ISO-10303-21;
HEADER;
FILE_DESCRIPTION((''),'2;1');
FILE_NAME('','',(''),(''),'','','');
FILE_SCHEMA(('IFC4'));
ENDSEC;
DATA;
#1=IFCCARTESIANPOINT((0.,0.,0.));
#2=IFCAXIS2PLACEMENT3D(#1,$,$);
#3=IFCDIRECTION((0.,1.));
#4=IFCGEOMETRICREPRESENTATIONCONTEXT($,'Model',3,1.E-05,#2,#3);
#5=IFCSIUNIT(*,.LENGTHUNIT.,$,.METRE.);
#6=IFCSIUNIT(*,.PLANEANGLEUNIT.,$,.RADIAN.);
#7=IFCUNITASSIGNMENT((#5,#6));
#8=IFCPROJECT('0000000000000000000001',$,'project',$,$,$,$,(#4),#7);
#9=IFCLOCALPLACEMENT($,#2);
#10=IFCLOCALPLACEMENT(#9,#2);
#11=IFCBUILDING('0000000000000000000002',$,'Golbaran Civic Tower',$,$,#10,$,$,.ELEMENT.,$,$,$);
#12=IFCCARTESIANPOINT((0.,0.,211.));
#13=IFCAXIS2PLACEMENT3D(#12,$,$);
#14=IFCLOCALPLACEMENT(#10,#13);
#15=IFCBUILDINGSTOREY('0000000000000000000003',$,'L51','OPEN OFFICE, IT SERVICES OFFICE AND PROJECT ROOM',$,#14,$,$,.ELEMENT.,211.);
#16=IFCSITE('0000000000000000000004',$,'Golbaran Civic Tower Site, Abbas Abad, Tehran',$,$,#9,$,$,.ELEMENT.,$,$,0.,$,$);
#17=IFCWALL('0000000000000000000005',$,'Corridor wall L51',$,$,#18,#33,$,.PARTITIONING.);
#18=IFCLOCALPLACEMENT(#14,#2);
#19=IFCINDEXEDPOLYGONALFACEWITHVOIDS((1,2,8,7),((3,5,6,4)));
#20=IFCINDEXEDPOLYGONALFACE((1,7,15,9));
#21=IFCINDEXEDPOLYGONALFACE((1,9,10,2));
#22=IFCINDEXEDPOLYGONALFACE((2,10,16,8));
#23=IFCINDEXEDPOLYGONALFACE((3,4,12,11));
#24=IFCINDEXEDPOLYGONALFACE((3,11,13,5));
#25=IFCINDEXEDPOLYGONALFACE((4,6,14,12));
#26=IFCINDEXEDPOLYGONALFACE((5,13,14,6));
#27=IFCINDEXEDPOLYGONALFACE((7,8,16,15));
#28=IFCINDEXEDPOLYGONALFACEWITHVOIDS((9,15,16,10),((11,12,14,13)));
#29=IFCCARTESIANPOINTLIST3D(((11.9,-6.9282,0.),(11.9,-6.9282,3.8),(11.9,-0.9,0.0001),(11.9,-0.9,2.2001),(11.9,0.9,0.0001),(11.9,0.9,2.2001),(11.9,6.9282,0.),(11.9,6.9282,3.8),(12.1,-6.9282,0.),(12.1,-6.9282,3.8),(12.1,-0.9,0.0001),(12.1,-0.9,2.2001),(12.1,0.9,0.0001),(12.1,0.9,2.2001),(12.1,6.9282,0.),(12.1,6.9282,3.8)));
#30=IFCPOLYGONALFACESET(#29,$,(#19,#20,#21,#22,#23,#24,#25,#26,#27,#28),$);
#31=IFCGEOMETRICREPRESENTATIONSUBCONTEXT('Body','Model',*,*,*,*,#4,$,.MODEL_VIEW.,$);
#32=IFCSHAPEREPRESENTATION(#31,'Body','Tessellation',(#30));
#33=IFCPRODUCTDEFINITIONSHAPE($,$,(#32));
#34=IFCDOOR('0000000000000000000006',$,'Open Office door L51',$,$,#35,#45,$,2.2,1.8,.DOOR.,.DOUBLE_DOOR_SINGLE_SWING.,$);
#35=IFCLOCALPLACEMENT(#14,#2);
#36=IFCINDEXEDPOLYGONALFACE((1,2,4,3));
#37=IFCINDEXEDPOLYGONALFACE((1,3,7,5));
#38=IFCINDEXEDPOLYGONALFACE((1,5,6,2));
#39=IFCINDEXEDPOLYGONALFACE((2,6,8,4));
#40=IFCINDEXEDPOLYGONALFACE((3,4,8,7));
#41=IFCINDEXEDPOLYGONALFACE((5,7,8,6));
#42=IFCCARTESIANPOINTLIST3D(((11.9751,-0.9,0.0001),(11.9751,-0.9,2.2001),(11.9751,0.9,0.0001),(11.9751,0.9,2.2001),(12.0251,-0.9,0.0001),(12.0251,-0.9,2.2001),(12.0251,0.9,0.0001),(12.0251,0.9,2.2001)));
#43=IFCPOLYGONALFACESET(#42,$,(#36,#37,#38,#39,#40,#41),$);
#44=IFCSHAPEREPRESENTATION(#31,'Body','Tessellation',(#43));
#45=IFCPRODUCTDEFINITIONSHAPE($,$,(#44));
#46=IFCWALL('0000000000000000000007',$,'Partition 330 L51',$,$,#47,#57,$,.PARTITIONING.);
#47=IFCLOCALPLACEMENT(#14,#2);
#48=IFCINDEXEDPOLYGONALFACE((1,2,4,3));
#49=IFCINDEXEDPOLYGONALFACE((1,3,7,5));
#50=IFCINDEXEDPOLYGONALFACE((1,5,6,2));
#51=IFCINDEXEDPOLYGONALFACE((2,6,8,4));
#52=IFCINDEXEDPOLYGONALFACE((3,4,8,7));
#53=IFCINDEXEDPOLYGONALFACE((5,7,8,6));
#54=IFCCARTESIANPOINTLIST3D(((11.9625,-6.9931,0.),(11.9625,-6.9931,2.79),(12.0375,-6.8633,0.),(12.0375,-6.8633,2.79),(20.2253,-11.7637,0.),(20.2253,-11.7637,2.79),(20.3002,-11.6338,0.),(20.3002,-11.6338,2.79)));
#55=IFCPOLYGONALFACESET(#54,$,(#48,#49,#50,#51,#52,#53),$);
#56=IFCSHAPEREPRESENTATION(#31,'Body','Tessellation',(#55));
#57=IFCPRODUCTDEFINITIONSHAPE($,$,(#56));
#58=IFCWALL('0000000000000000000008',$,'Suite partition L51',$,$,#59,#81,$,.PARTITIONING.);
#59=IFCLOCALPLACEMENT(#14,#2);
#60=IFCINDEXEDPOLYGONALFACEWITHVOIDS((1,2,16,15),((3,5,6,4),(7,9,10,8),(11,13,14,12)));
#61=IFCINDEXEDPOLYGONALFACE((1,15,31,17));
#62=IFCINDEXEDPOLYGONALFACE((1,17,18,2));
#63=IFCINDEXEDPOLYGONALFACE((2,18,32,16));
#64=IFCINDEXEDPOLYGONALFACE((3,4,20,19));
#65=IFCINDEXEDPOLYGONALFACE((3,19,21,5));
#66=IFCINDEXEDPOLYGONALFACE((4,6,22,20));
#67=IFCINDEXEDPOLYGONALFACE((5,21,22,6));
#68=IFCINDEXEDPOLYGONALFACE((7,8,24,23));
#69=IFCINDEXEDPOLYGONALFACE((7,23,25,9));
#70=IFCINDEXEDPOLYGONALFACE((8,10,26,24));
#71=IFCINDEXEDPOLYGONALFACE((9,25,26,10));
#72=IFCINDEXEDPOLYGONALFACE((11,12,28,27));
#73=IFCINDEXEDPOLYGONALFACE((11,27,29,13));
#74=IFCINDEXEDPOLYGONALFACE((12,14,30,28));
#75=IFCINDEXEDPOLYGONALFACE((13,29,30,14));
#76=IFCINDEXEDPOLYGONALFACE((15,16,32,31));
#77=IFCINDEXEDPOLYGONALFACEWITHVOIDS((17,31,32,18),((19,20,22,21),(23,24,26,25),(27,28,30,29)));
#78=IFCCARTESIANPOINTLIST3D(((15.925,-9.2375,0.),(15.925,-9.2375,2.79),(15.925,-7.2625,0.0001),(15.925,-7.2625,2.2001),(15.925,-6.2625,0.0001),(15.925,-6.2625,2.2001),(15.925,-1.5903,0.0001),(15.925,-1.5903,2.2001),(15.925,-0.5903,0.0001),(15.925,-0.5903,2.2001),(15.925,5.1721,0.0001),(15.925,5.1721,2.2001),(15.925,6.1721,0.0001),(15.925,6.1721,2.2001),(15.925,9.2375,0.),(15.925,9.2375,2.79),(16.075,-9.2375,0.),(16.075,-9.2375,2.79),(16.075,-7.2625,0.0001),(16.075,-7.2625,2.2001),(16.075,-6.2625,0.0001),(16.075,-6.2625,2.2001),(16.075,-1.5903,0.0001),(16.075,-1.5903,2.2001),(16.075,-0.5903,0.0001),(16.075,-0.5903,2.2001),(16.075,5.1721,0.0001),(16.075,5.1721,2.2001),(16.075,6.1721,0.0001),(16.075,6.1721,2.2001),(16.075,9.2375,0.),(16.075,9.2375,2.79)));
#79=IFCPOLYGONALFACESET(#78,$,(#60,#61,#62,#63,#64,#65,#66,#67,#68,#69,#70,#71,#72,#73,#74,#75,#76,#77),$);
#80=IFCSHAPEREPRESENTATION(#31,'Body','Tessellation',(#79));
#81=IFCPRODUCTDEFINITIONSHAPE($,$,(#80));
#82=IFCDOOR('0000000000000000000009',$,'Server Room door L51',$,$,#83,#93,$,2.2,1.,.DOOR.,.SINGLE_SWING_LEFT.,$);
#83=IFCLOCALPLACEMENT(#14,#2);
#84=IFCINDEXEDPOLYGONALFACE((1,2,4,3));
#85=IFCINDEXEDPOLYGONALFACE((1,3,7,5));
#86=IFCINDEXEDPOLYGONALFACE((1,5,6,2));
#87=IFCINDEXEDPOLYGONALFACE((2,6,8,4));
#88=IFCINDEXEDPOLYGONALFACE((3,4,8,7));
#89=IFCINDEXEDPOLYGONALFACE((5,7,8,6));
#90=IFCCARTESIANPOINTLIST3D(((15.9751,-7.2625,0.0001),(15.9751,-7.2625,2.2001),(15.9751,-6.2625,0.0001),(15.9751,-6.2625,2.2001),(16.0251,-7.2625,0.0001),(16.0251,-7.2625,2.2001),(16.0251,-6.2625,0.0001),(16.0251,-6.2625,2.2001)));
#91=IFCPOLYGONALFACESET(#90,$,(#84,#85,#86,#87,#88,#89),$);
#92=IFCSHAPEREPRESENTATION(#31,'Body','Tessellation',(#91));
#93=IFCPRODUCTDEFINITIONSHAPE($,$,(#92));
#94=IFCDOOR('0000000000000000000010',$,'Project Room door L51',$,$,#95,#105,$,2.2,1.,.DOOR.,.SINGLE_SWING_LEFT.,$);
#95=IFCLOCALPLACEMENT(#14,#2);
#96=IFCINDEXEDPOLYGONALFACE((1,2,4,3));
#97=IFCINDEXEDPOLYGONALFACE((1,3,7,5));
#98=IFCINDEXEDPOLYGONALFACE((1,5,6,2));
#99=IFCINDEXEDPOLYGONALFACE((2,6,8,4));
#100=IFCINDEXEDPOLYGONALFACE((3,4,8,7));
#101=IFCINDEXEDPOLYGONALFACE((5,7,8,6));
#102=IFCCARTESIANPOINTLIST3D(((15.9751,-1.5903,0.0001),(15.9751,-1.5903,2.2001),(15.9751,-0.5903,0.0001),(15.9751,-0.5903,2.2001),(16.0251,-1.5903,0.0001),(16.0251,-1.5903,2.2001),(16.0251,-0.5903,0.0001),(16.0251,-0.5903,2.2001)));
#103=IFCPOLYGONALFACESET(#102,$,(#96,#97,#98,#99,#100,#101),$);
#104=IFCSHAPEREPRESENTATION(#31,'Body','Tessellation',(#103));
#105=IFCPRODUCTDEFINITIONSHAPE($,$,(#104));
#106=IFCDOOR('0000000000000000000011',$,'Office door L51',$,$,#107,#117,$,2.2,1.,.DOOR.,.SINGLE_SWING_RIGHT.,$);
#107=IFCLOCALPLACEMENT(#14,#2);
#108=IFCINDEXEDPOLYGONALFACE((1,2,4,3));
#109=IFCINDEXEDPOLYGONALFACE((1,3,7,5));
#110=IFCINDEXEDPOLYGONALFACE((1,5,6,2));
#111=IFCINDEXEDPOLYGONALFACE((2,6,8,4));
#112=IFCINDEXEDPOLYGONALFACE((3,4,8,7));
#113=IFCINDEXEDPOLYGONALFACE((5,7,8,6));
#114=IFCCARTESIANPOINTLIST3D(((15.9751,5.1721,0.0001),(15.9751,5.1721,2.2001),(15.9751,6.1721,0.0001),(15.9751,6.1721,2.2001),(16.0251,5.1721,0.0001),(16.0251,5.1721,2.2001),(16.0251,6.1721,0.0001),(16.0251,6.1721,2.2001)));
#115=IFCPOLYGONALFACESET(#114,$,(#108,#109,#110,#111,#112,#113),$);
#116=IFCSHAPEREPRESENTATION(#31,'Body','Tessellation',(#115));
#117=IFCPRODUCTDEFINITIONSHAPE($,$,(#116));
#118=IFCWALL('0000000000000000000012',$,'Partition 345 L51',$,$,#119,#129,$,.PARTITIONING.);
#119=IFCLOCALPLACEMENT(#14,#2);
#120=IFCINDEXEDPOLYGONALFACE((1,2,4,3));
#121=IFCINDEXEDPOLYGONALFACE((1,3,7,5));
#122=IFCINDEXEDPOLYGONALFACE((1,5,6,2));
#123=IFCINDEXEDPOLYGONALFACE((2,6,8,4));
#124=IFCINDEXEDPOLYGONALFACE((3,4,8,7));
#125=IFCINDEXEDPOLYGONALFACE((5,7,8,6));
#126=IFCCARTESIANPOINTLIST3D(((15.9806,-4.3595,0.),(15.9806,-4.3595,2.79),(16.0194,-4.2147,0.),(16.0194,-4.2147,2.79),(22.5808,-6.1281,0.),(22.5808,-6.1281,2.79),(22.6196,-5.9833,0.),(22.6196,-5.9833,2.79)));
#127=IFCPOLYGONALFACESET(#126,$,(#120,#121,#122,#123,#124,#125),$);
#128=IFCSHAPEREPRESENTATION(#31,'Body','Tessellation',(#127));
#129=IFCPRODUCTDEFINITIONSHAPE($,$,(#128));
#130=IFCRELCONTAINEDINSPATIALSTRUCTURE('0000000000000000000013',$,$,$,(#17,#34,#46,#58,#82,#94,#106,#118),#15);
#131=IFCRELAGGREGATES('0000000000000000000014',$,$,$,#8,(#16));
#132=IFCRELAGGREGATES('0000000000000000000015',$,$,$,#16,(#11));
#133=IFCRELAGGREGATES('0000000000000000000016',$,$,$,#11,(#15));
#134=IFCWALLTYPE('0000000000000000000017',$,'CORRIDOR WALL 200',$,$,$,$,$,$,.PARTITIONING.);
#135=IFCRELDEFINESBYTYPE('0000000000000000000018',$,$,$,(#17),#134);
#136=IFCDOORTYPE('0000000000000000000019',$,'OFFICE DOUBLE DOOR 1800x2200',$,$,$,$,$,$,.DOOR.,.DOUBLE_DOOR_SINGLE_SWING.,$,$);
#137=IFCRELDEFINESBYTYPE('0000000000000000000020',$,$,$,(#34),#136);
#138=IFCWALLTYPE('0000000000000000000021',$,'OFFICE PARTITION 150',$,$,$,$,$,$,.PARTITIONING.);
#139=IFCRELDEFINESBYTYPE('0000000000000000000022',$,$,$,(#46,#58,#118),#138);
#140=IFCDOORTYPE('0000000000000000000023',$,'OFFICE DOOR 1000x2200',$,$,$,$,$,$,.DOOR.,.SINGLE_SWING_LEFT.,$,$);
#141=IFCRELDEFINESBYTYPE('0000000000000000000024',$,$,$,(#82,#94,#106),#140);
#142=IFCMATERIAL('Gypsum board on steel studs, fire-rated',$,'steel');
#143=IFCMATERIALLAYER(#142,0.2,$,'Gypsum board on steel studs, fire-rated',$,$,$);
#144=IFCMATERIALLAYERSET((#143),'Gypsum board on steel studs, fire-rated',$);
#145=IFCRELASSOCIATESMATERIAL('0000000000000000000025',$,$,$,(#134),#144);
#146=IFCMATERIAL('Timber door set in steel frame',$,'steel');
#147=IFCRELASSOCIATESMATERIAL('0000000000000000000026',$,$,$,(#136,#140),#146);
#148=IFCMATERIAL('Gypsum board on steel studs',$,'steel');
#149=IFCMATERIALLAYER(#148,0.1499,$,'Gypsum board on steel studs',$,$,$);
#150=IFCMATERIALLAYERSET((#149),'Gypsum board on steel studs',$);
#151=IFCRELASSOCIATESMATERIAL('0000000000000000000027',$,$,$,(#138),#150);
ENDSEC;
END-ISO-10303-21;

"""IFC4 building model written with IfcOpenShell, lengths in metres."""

from ifc_helpers import new_model, si_unit, direction, frame, frame_2d, origin, place, context, subcontext, project, spatial, rectangle, extrude, material, layer, layer_set, type_object, element, fill, save


model = new_model("IFC4")

# Units and contexts
model_context = context("Model", 3, precision=1e-05, world=origin(), true_north=direction((0.0, 1.0)))
body_context = subcontext(model_context, "Body", "Model", "MODEL_VIEW")
ifc_project = project(units=[si_unit("LENGTHUNIT", "METRE"), si_unit("PLANEANGLEUNIT", "RADIAN")], contexts=[model_context])

# Site, building, storey
site_placement = place(None, origin())
site = spatial("IfcSite", under=ifc_project, at=site_placement, Name="Golbaran Civic Tower Site, Abbas Abad, Tehran", CompositionType="ELEMENT", RefElevation=0.0)
building_placement = place(site_placement, origin())
building = spatial("IfcBuilding", under=site, at=building_placement, Name="Golbaran Civic Tower", CompositionType="ELEMENT")
storey_placement = place(building_placement, frame((0.0, 0.0, 211.0)))
storey = spatial("IfcBuildingStorey", under=building, at=storey_placement, Name="L51", Description="OPEN OFFICE, IT SERVICES OFFICE AND PROJECT ROOM", CompositionType="ELEMENT", Elevation=211.0)

# Wall, opening, door
ifc_material_1 = material(Name="Gypsum board on steel studs, fire-rated", Category="steel")
ifc_layer_1 = layer(ifc_material_1, 0.2, Name="Gypsum board on steel studs, fire-rated")
ifc_layer_set_1 = layer_set([ifc_layer_1], Name="Gypsum board on steel studs, fire-rated")
wall_type_1 = type_object("IfcWallType", Name="CORRIDOR WALL 200", PredefinedType="PARTITIONING", material=ifc_layer_set_1)
wall_1_placement = place(storey_placement, frame((12.0, -6.9282, 0.0), z_axis=(0.0, 0.0, 1.0), x_axis=(0.0, 1.0, 0.0)))
wall_1 = element("IfcWall", 1, at=wall_1_placement, inside=storey, type_object=wall_type_1, Name="Corridor wall L51", PredefinedType="PARTITIONING", context=body_context, shape_type="SweptSolid", body=[
    extrude(rectangle(XDim=13.8564, YDim=0.2, at=frame_2d((6.9282, 0.0))), origin(), (0.0, 0.0, 1.0), 3.8),
])
opening_1_placement = place(wall_1_placement, frame((6.0283, 0.0, 0.0)))
opening_1 = element("IfcOpeningElement", 2, at=opening_1_placement, cuts=wall_1, PredefinedType="OPENING", context=body_context, shape_type="SweptSolid", body=[
    extrude(rectangle(XDim=1.8, YDim=2.2, at=frame_2d((0.8999, 1.1001))), frame((0.0, 0.1099, 0.0), z_axis=(0.0, -1.0, 0.0), x_axis=(1.0, 0.0, 0.0)), (0.0, 0.0, 1.0), 0.22),
])
ifc_material_2 = material(Name="Timber door set in steel frame", Category="steel")
door_type_1 = type_object("IfcDoorType", Name="OFFICE DOUBLE DOOR 1800x2200", OperationType="DOUBLE_DOOR_SINGLE_SWING", PredefinedType="DOOR", material=ifc_material_2)
door_1_placement = place(opening_1_placement, origin())
door_1 = element("IfcDoor", 3, at=door_1_placement, inside=storey, type_object=door_type_1, Name="Open Office door L51", OperationType="DOUBLE_DOOR_SINGLE_SWING", OverallHeight=2.2, OverallWidth=1.8, PredefinedType="DOOR", context=body_context, shape_type="SweptSolid", body=[
    extrude(rectangle(XDim=1.8, YDim=2.2, at=frame_2d((0.8999, 1.1001))), frame((0.0, 0.0249, 0.0), z_axis=(0.0, -1.0, 0.0), x_axis=(1.0, 0.0, 0.0)), (0.0, 0.0, 1.0), 0.05),
])
fill(opening_1, door_1)

# Wall
ifc_material_3 = material(Name="Gypsum board on steel studs", Category="steel")
ifc_layer_2 = layer(ifc_material_3, 0.1499, Name="Gypsum board on steel studs")
ifc_layer_set_2 = layer_set([ifc_layer_2], Name="Gypsum board on steel studs")
wall_type_2 = type_object("IfcWallType", Name="OFFICE PARTITION 150", PredefinedType="PARTITIONING", material=ifc_layer_set_2)
wall_2_placement = place(storey_placement, frame((12.0, -6.9282, 0.0), z_axis=(0.0, 0.0, 1.0), x_axis=(0.866024, -0.500003, 0.0)))
element("IfcWall", 4, at=wall_2_placement, inside=storey, type_object=wall_type_2, Name="Partition 330 L51", PredefinedType="PARTITIONING", context=body_context, shape_type="SweptSolid", body=[
    extrude(rectangle(XDim=9.541, YDim=0.1499, at=frame_2d((4.7705, 0.0))), origin(), (0.0, 0.0, 1.0), 2.79),
])

# Wall, openings, doors
wall_3_placement = place(storey_placement, frame((16.0, -9.2375, 0.0), z_axis=(0.0, 0.0, 1.0), x_axis=(0.0, 1.0, 0.0)))
wall_3 = element("IfcWall", 5, at=wall_3_placement, inside=storey, type_object=wall_type_2, Name="Suite partition L51", PredefinedType="PARTITIONING", context=body_context, shape_type="SweptSolid", body=[
    extrude(rectangle(XDim=18.4751, YDim=0.1499, at=frame_2d((9.2375, 0.0))), origin(), (0.0, 0.0, 1.0), 2.79),
])
opening_2_placement = place(wall_3_placement, frame((1.9751, 0.0, 0.0)))
opening_2 = element("IfcOpeningElement", 6, at=opening_2_placement, cuts=wall_3, PredefinedType="OPENING", context=body_context, shape_type="SweptSolid", body=[
    extrude(rectangle(XDim=1.0, YDim=2.2, at=frame_2d((0.5, 1.1001))), frame((0.0, 0.085, 0.0), z_axis=(0.0, -1.0, 0.0), x_axis=(1.0, 0.0, 0.0)), (0.0, 0.0, 1.0), 0.1699),
])
opening_3_placement = place(wall_3_placement, frame((7.6472, 0.0, 0.0)))
opening_3 = element("IfcOpeningElement", 7, at=opening_3_placement, cuts=wall_3, PredefinedType="OPENING", context=body_context, shape_type="SweptSolid", body=[
    extrude(rectangle(XDim=1.0, YDim=2.2, at=frame_2d((0.5, 1.1001))), frame((0.0, 0.085, 0.0), z_axis=(0.0, -1.0, 0.0), x_axis=(1.0, 0.0, 0.0)), (0.0, 0.0, 1.0), 0.1699),
])
opening_4_placement = place(wall_3_placement, frame((14.4097, 0.0, 0.0)))
opening_4 = element("IfcOpeningElement", 8, at=opening_4_placement, cuts=wall_3, PredefinedType="OPENING", context=body_context, shape_type="SweptSolid", body=[
    extrude(rectangle(XDim=1.0, YDim=2.2, at=frame_2d((0.5, 1.1001))), frame((0.0, 0.085, 0.0), z_axis=(0.0, -1.0, 0.0), x_axis=(1.0, 0.0, 0.0)), (0.0, 0.0, 1.0), 0.1699),
])
door_type_2 = type_object("IfcDoorType", Name="OFFICE DOOR 1000x2200", OperationType="SINGLE_SWING_LEFT", PredefinedType="DOOR", material=ifc_material_2)
door_2_placement = place(opening_2_placement, origin())
door_2 = element("IfcDoor", 9, at=door_2_placement, inside=storey, type_object=door_type_2, Name="Server Room door L51", OperationType="SINGLE_SWING_LEFT", OverallHeight=2.2, OverallWidth=1.0, PredefinedType="DOOR", context=body_context, shape_type="SweptSolid", body=[
    extrude(rectangle(XDim=1.0, YDim=2.2, at=frame_2d((0.5, 1.1001))), frame((0.0, 0.0249, 0.0), z_axis=(0.0, -1.0, 0.0), x_axis=(1.0, 0.0, 0.0)), (0.0, 0.0, 1.0), 0.05),
])
fill(opening_2, door_2)
door_3_placement = place(opening_3_placement, origin())
door_3 = element("IfcDoor", 10, at=door_3_placement, inside=storey, type_object=door_type_2, Name="Project Room door L51", OperationType="SINGLE_SWING_LEFT", OverallHeight=2.2, OverallWidth=1.0, PredefinedType="DOOR", context=body_context, shape_type="SweptSolid", body=[
    extrude(rectangle(XDim=1.0, YDim=2.2, at=frame_2d((0.5, 1.1001))), frame((0.0, 0.0249, 0.0), z_axis=(0.0, -1.0, 0.0), x_axis=(1.0, 0.0, 0.0)), (0.0, 0.0, 1.0), 0.05),
])
fill(opening_3, door_3)
door_4_placement = place(opening_4_placement, origin())
door_4 = element("IfcDoor", 11, at=door_4_placement, inside=storey, type_object=door_type_2, Name="Office door L51", OperationType="SINGLE_SWING_RIGHT", OverallHeight=2.2, OverallWidth=1.0, PredefinedType="DOOR", context=body_context, shape_type="SweptSolid", body=[
    extrude(rectangle(XDim=1.0, YDim=2.2, at=frame_2d((0.5, 1.1001))), frame((0.0, 0.0249, 0.0), z_axis=(0.0, -1.0, 0.0), x_axis=(1.0, 0.0, 0.0)), (0.0, 0.0, 1.0), 0.05),
])
fill(opening_4, door_4)

# Wall
wall_4_placement = place(storey_placement, frame((16.0, -4.2871, 0.0), z_axis=(0.0, 0.0, 1.0), x_axis=(0.965923, -0.258828, 0.0)))
element("IfcWall", 12, at=wall_4_placement, inside=storey, type_object=wall_type_2, Name="Partition 345 L51", PredefinedType="PARTITIONING", context=body_context, shape_type="SweptSolid", body=[
    extrude(rectangle(XDim=6.833, YDim=0.1499, at=frame_2d((3.4165, 0.0))), origin(), (0.0, 0.0, 1.0), 2.79),
])

save(model, "model.ifc")
